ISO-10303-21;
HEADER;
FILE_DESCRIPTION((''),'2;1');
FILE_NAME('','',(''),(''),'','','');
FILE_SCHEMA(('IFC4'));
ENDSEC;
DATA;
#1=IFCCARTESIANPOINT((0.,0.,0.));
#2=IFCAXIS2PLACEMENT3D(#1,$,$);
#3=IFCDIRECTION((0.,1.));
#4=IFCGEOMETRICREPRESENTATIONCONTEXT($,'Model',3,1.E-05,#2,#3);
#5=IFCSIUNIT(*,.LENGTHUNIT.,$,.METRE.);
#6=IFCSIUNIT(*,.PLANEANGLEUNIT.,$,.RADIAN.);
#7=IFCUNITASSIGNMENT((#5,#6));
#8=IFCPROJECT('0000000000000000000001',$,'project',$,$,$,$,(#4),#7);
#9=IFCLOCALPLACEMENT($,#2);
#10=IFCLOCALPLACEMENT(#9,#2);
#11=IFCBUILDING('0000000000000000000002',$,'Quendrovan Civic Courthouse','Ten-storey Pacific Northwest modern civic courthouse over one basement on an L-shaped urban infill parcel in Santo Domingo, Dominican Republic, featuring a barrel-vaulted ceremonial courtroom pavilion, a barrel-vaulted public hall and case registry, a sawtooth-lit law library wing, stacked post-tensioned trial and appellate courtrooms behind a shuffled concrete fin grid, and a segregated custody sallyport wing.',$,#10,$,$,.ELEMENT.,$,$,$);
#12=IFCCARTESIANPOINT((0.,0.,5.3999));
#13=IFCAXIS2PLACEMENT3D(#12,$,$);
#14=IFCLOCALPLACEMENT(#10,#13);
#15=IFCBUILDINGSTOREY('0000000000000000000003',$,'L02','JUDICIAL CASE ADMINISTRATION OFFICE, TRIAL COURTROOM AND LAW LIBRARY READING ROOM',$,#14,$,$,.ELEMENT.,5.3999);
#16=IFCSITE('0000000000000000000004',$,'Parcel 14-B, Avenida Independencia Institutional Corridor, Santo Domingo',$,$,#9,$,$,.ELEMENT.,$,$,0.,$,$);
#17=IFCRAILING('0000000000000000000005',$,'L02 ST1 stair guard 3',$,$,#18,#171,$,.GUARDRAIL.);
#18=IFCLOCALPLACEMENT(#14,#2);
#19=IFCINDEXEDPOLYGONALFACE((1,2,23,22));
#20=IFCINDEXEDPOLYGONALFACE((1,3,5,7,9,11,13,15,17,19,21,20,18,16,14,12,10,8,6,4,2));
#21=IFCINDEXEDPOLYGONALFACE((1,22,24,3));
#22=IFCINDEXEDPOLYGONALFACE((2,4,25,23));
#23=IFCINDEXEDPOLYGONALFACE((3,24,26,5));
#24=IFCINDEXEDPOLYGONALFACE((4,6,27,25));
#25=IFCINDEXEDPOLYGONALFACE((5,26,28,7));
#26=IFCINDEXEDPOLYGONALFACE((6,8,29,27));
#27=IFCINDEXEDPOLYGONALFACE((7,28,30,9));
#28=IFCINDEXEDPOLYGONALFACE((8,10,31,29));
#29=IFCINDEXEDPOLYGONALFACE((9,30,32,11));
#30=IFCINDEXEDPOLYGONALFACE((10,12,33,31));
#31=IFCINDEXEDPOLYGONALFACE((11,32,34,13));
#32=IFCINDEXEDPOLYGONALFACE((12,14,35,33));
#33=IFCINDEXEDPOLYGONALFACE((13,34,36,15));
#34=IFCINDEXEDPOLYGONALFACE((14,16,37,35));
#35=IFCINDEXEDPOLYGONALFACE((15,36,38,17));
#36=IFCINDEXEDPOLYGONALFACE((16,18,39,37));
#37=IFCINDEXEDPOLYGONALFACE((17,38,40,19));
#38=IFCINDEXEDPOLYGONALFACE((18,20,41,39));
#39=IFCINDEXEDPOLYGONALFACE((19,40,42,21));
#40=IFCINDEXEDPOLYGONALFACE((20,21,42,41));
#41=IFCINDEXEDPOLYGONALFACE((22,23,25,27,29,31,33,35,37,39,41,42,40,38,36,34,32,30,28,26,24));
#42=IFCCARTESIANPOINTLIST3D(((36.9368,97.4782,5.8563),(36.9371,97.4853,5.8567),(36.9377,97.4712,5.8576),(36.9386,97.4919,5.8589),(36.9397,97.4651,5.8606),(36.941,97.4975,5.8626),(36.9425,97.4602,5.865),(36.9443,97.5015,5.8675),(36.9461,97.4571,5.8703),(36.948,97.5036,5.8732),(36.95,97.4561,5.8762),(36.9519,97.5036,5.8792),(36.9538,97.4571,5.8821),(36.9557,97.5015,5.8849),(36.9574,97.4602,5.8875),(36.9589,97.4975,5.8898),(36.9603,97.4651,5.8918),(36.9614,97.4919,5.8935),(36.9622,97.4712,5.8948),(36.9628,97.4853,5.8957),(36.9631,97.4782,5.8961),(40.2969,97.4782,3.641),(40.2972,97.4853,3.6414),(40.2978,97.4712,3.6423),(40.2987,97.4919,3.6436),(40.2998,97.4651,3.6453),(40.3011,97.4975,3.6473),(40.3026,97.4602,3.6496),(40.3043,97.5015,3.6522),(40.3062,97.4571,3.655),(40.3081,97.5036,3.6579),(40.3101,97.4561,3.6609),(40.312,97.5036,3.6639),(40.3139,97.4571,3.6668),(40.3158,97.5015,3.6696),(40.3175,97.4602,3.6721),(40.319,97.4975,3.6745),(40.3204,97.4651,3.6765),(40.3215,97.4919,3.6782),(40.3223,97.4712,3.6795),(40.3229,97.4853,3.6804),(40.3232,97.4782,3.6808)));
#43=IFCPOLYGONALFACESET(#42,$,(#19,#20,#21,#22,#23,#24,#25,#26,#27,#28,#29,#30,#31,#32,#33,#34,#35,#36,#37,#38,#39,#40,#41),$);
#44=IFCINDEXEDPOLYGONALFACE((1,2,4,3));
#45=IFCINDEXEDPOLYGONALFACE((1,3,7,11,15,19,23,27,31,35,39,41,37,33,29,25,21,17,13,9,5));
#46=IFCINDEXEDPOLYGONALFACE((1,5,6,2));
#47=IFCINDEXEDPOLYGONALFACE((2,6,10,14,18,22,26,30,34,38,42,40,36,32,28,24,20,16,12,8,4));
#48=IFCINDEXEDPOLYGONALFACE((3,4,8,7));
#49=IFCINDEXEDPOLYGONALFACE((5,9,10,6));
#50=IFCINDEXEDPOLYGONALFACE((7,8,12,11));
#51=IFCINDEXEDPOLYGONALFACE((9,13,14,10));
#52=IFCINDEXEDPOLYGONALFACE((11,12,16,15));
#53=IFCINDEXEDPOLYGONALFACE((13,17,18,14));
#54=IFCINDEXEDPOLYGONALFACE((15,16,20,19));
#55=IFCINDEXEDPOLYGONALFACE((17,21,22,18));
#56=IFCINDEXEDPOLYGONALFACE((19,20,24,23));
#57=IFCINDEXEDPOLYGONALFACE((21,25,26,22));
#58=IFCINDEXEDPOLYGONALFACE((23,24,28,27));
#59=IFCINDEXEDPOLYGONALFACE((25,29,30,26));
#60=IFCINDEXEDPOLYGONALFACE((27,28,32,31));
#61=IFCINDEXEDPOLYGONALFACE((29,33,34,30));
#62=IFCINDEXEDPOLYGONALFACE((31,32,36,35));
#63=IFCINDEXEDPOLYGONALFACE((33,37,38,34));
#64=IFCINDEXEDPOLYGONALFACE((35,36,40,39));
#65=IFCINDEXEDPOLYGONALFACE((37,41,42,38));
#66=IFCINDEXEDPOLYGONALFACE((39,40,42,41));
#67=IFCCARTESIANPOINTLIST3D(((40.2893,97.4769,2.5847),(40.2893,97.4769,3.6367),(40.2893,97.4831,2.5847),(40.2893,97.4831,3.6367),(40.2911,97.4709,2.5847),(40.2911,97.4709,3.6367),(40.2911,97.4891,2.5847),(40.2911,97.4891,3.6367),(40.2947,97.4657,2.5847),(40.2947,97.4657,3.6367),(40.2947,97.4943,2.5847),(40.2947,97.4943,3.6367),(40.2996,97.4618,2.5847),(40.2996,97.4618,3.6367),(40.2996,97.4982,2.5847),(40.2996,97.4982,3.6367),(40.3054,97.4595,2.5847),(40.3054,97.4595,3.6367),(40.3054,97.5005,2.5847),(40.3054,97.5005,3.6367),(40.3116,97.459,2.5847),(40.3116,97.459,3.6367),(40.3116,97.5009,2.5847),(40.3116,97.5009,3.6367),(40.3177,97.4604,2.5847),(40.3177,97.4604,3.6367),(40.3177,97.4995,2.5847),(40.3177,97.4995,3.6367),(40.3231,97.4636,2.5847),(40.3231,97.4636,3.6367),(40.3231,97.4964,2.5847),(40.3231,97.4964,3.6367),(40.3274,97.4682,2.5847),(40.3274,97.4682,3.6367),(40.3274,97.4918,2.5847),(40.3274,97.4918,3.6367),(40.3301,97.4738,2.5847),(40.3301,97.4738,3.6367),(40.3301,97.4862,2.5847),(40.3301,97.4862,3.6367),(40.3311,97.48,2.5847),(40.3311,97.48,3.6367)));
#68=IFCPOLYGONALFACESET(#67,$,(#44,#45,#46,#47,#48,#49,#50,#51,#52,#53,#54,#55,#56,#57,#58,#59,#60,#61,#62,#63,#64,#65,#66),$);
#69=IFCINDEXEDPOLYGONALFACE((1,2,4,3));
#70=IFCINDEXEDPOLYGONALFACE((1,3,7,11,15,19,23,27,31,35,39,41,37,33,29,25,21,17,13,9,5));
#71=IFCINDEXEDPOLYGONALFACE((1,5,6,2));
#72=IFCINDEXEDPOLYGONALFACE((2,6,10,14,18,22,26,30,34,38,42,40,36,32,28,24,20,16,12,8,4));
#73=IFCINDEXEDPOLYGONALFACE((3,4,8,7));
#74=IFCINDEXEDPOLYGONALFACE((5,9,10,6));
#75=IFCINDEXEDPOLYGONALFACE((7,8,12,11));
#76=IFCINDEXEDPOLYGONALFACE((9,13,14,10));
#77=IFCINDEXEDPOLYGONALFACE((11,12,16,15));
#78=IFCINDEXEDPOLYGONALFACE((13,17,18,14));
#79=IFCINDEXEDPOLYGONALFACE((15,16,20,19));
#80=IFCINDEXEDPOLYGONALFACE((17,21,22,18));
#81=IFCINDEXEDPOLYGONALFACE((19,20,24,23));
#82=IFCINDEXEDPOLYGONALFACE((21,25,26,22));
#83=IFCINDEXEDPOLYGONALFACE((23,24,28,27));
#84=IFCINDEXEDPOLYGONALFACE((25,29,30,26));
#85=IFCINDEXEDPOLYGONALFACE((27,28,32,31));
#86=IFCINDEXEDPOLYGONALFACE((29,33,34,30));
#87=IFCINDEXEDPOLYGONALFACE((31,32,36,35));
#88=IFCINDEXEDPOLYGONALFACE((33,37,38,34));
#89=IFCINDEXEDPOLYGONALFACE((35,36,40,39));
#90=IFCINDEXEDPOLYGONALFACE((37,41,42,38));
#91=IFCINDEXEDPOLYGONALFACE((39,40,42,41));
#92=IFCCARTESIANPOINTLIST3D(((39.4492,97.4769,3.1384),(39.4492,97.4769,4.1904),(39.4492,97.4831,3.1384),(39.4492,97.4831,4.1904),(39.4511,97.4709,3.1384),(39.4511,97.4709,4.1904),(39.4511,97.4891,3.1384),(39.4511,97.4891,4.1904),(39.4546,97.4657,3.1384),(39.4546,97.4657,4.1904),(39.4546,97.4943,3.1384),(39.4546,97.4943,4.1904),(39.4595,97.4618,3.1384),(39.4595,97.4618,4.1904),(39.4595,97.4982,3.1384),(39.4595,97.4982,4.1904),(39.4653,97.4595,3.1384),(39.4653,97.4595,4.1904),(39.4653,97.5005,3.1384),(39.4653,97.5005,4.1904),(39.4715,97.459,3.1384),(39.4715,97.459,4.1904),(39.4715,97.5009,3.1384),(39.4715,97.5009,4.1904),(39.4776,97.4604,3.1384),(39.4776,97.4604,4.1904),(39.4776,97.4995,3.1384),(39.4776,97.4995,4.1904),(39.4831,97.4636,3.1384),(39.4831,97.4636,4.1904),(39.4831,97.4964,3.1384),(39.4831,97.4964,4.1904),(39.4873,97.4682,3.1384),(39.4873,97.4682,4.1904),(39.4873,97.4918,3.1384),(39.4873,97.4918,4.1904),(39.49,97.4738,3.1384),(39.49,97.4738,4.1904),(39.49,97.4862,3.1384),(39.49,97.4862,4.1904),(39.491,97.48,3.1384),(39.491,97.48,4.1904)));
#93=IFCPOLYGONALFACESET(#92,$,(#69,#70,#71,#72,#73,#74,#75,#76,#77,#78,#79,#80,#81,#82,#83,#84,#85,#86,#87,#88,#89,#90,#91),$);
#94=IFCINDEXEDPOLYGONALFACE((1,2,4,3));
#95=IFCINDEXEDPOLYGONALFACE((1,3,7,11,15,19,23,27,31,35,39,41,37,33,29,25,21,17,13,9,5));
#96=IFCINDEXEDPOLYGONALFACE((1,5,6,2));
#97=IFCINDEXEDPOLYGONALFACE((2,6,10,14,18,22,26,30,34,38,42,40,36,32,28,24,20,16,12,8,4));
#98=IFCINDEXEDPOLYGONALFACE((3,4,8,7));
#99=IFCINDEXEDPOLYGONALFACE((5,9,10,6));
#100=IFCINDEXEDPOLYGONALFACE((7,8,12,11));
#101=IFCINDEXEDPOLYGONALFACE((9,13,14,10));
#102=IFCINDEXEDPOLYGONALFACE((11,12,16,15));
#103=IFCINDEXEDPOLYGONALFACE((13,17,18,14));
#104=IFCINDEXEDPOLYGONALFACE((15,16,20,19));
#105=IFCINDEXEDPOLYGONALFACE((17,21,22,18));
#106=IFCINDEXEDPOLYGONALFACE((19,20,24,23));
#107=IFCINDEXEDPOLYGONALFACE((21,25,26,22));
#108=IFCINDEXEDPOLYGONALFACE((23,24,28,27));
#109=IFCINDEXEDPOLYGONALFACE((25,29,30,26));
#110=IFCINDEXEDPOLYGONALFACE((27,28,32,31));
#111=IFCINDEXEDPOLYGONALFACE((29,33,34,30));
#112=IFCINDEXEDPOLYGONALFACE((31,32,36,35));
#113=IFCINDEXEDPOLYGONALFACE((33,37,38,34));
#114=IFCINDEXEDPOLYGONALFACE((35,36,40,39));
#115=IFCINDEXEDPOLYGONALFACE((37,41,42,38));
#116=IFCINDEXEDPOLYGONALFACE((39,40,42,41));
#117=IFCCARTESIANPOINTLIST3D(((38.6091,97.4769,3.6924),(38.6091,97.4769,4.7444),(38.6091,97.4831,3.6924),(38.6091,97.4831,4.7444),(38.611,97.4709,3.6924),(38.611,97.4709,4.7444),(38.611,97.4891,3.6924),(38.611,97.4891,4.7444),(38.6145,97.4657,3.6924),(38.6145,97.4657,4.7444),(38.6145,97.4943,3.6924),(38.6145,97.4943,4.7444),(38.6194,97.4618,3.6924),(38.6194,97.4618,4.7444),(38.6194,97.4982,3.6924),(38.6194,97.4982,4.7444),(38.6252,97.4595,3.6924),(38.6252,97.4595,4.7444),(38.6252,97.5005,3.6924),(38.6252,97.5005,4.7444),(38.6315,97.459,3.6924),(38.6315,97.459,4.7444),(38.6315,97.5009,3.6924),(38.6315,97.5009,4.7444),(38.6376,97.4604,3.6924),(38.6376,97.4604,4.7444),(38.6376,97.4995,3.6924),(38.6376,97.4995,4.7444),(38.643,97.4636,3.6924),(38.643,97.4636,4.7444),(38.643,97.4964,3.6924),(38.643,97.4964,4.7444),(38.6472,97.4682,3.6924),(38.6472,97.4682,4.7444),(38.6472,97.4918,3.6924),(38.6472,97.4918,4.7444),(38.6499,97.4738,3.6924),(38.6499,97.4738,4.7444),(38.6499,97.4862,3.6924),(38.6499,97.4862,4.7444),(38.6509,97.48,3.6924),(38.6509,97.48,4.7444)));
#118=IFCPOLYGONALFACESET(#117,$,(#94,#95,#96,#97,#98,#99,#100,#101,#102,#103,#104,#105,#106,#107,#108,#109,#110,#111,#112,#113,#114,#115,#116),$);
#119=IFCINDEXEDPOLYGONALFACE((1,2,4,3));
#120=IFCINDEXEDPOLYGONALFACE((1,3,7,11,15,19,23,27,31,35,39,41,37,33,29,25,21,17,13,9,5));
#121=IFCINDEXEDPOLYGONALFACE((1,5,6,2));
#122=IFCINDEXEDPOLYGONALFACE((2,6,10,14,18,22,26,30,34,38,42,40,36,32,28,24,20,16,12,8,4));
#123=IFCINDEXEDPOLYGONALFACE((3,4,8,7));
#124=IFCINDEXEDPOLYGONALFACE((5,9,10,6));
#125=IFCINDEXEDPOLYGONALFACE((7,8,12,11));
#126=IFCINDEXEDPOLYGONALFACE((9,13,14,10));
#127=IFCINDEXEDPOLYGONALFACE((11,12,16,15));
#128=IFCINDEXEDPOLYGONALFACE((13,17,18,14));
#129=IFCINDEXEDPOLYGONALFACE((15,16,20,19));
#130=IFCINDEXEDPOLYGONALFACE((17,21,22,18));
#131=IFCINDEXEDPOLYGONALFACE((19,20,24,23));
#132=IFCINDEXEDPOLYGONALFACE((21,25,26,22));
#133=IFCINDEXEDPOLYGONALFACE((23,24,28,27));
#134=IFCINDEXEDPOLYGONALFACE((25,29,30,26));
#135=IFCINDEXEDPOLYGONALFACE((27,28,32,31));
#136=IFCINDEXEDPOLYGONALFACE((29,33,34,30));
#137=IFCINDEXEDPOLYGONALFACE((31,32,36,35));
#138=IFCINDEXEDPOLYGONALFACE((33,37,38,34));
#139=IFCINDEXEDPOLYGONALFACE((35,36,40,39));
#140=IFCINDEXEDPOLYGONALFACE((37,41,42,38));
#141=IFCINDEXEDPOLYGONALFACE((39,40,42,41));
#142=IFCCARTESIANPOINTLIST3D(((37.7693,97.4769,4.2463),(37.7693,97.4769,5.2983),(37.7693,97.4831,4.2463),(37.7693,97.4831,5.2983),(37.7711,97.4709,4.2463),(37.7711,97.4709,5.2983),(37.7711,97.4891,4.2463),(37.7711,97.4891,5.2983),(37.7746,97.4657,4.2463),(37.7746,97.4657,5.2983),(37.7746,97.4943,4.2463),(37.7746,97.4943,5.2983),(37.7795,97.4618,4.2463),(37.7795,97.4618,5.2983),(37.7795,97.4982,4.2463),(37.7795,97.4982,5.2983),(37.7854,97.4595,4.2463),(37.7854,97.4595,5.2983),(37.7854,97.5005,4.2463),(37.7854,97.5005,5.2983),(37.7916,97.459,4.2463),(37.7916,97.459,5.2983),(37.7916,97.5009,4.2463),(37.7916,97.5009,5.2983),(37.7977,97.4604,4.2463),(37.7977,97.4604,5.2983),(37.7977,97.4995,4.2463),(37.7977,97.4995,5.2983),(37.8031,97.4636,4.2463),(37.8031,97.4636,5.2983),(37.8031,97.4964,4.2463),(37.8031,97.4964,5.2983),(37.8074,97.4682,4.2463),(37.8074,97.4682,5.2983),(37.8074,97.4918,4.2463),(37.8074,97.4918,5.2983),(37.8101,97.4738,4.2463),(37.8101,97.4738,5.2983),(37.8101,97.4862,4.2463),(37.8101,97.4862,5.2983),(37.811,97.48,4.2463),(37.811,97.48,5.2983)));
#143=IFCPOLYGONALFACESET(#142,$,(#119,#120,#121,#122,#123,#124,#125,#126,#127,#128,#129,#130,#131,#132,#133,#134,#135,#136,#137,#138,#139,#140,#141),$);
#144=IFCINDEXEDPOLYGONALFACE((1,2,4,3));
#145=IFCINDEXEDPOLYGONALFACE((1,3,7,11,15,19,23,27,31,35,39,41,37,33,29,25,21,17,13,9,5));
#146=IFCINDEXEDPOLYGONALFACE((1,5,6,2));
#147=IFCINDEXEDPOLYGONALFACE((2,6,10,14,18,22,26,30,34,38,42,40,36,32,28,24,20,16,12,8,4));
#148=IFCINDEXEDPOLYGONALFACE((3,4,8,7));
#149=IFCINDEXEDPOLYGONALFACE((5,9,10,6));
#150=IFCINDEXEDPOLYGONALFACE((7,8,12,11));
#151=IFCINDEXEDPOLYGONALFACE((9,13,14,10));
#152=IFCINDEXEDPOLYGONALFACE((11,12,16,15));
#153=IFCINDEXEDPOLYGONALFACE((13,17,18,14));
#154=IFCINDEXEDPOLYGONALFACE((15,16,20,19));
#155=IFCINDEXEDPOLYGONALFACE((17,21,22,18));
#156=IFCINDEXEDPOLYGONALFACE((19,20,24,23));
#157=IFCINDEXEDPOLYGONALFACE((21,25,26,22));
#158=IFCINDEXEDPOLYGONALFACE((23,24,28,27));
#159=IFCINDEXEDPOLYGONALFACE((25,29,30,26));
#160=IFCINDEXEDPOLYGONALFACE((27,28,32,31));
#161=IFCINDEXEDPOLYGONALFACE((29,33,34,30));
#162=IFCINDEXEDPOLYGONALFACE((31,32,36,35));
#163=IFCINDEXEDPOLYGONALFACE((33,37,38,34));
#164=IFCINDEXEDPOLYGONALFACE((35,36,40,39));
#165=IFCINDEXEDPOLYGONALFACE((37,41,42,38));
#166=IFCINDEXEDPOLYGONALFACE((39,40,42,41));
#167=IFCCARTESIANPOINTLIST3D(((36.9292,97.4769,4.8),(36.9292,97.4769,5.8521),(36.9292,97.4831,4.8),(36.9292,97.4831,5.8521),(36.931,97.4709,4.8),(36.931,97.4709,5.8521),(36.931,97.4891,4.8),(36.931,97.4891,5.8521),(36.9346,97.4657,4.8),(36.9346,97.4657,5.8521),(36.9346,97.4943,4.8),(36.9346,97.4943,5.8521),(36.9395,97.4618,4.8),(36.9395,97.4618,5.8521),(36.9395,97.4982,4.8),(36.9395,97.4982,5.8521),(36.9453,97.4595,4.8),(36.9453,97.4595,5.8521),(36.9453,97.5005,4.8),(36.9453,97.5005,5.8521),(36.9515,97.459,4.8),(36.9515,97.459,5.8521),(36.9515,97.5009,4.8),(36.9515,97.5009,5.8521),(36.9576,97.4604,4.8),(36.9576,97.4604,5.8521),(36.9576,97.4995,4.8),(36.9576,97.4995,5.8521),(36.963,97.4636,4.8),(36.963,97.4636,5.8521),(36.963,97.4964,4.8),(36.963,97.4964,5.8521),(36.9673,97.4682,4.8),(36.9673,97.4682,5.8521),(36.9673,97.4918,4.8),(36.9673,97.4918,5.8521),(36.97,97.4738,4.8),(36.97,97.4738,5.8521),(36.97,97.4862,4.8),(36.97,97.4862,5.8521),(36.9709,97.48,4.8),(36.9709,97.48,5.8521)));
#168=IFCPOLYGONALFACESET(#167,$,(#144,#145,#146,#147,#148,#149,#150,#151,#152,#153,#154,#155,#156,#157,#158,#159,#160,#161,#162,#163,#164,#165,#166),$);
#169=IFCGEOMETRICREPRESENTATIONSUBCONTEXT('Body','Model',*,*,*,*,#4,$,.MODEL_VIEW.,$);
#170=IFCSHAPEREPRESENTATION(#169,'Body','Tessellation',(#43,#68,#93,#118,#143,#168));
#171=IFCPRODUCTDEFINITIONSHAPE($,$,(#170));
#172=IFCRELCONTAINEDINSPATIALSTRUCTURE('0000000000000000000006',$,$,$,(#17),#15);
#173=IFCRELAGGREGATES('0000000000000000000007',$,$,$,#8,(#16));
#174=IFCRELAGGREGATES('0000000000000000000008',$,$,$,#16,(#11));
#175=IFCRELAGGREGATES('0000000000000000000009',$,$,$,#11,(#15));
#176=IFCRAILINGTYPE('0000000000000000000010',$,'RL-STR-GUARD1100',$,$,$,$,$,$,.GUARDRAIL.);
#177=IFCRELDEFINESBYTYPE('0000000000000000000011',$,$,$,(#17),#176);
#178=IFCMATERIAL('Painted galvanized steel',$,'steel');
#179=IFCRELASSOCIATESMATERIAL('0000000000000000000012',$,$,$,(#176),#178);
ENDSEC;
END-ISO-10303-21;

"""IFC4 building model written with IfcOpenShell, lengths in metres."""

from ifc_helpers import new_model, si_unit, direction, frame, origin, origin_2d, place, context, subcontext, project, spatial, circle, extrude, material, type_object, element, save


model = new_model("IFC4")

# Units and contexts
model_context = context("Model", 3, precision=1e-05, world=origin(), true_north=direction((0.0, 1.0)))
body_context = subcontext(model_context, "Body", "Model", "MODEL_VIEW")
ifc_project = project(units=[si_unit("LENGTHUNIT", "METRE"), si_unit("PLANEANGLEUNIT", "RADIAN")], contexts=[model_context])

# Site, building, storey
site_placement = place(None, origin())
site = spatial("IfcSite", under=ifc_project, at=site_placement, Name="Parcel 14-B, Avenida Independencia Institutional Corridor, Santo Domingo", CompositionType="ELEMENT", RefElevation=0.0)
building_placement = place(site_placement, origin())
building = spatial("IfcBuilding", under=site, at=building_placement, Name="Quendrovan Civic Courthouse", Description="Ten-storey Pacific Northwest modern civic courthouse over one basement on an L-shaped urban infill parcel in Santo Domingo, Dominican Republic, featuring a barrel-vaulted ceremonial courtroom pavilion, a barrel-vaulted public hall and case registry, a sawtooth-lit law library wing, stacked post-tensioned trial and appellate courtrooms behind a shuffled concrete fin grid, and a segregated custody sallyport wing.", CompositionType="ELEMENT")
storey_placement = place(building_placement, frame((0.0, 0.0, 5.3999)))
storey = spatial("IfcBuildingStorey", under=building, at=storey_placement, Name="L02", Description="JUDICIAL CASE ADMINISTRATION OFFICE, TRIAL COURTROOM AND LAW LIBRARY READING ROOM", CompositionType="ELEMENT", Elevation=5.3999)

# Railing
ifc_material_1 = material(Name="Painted galvanized steel", Category="steel")
railing_type_1 = type_object("IfcRailingType", Name="RL-STR-GUARD1100", PredefinedType="GUARDRAIL", material=ifc_material_1)
railing_1_placement = place(storey_placement, frame((40.3101, 97.48, 2.5847)))
element("IfcRailing", 1, at=railing_1_placement, inside=storey, type_object=railing_type_1, Name="L02 ST1 stair guard 3", PredefinedType="GUARDRAIL", context=body_context, shape_type="SweptSolid", body=[
    extrude(circle(Radius=0.0239, at=origin_2d()), frame((0.0, 0.0, 1.0762), z_axis=(-0.834876, 0.0, 0.550437), x_axis=(0.0, -1.0, 0.0)), (0.0, 0.0, 1.0), 4.0247),
    extrude(circle(Radius=0.021, at=origin_2d()), origin(), (0.0, 0.0, 1.0), 1.052),
    extrude(circle(Radius=0.021, at=origin_2d()), frame((-0.8401, 0.0, 0.5537)), (0.0, 0.0, 1.0), 1.052),
    extrude(circle(Radius=0.021, at=origin_2d()), frame((-1.6802, 0.0, 1.1077)), (0.0, 0.0, 1.0), 1.052),
    extrude(circle(Radius=0.021, at=origin_2d()), frame((-2.52, 0.0, 1.6616)), (0.0, 0.0, 1.0), 1.052),
    extrude(circle(Radius=0.021, at=origin_2d()), frame((-3.3601, 0.0, 2.2153)), (0.0, 0.0, 1.0), 1.052),
])

save(model, "model.ifc")
